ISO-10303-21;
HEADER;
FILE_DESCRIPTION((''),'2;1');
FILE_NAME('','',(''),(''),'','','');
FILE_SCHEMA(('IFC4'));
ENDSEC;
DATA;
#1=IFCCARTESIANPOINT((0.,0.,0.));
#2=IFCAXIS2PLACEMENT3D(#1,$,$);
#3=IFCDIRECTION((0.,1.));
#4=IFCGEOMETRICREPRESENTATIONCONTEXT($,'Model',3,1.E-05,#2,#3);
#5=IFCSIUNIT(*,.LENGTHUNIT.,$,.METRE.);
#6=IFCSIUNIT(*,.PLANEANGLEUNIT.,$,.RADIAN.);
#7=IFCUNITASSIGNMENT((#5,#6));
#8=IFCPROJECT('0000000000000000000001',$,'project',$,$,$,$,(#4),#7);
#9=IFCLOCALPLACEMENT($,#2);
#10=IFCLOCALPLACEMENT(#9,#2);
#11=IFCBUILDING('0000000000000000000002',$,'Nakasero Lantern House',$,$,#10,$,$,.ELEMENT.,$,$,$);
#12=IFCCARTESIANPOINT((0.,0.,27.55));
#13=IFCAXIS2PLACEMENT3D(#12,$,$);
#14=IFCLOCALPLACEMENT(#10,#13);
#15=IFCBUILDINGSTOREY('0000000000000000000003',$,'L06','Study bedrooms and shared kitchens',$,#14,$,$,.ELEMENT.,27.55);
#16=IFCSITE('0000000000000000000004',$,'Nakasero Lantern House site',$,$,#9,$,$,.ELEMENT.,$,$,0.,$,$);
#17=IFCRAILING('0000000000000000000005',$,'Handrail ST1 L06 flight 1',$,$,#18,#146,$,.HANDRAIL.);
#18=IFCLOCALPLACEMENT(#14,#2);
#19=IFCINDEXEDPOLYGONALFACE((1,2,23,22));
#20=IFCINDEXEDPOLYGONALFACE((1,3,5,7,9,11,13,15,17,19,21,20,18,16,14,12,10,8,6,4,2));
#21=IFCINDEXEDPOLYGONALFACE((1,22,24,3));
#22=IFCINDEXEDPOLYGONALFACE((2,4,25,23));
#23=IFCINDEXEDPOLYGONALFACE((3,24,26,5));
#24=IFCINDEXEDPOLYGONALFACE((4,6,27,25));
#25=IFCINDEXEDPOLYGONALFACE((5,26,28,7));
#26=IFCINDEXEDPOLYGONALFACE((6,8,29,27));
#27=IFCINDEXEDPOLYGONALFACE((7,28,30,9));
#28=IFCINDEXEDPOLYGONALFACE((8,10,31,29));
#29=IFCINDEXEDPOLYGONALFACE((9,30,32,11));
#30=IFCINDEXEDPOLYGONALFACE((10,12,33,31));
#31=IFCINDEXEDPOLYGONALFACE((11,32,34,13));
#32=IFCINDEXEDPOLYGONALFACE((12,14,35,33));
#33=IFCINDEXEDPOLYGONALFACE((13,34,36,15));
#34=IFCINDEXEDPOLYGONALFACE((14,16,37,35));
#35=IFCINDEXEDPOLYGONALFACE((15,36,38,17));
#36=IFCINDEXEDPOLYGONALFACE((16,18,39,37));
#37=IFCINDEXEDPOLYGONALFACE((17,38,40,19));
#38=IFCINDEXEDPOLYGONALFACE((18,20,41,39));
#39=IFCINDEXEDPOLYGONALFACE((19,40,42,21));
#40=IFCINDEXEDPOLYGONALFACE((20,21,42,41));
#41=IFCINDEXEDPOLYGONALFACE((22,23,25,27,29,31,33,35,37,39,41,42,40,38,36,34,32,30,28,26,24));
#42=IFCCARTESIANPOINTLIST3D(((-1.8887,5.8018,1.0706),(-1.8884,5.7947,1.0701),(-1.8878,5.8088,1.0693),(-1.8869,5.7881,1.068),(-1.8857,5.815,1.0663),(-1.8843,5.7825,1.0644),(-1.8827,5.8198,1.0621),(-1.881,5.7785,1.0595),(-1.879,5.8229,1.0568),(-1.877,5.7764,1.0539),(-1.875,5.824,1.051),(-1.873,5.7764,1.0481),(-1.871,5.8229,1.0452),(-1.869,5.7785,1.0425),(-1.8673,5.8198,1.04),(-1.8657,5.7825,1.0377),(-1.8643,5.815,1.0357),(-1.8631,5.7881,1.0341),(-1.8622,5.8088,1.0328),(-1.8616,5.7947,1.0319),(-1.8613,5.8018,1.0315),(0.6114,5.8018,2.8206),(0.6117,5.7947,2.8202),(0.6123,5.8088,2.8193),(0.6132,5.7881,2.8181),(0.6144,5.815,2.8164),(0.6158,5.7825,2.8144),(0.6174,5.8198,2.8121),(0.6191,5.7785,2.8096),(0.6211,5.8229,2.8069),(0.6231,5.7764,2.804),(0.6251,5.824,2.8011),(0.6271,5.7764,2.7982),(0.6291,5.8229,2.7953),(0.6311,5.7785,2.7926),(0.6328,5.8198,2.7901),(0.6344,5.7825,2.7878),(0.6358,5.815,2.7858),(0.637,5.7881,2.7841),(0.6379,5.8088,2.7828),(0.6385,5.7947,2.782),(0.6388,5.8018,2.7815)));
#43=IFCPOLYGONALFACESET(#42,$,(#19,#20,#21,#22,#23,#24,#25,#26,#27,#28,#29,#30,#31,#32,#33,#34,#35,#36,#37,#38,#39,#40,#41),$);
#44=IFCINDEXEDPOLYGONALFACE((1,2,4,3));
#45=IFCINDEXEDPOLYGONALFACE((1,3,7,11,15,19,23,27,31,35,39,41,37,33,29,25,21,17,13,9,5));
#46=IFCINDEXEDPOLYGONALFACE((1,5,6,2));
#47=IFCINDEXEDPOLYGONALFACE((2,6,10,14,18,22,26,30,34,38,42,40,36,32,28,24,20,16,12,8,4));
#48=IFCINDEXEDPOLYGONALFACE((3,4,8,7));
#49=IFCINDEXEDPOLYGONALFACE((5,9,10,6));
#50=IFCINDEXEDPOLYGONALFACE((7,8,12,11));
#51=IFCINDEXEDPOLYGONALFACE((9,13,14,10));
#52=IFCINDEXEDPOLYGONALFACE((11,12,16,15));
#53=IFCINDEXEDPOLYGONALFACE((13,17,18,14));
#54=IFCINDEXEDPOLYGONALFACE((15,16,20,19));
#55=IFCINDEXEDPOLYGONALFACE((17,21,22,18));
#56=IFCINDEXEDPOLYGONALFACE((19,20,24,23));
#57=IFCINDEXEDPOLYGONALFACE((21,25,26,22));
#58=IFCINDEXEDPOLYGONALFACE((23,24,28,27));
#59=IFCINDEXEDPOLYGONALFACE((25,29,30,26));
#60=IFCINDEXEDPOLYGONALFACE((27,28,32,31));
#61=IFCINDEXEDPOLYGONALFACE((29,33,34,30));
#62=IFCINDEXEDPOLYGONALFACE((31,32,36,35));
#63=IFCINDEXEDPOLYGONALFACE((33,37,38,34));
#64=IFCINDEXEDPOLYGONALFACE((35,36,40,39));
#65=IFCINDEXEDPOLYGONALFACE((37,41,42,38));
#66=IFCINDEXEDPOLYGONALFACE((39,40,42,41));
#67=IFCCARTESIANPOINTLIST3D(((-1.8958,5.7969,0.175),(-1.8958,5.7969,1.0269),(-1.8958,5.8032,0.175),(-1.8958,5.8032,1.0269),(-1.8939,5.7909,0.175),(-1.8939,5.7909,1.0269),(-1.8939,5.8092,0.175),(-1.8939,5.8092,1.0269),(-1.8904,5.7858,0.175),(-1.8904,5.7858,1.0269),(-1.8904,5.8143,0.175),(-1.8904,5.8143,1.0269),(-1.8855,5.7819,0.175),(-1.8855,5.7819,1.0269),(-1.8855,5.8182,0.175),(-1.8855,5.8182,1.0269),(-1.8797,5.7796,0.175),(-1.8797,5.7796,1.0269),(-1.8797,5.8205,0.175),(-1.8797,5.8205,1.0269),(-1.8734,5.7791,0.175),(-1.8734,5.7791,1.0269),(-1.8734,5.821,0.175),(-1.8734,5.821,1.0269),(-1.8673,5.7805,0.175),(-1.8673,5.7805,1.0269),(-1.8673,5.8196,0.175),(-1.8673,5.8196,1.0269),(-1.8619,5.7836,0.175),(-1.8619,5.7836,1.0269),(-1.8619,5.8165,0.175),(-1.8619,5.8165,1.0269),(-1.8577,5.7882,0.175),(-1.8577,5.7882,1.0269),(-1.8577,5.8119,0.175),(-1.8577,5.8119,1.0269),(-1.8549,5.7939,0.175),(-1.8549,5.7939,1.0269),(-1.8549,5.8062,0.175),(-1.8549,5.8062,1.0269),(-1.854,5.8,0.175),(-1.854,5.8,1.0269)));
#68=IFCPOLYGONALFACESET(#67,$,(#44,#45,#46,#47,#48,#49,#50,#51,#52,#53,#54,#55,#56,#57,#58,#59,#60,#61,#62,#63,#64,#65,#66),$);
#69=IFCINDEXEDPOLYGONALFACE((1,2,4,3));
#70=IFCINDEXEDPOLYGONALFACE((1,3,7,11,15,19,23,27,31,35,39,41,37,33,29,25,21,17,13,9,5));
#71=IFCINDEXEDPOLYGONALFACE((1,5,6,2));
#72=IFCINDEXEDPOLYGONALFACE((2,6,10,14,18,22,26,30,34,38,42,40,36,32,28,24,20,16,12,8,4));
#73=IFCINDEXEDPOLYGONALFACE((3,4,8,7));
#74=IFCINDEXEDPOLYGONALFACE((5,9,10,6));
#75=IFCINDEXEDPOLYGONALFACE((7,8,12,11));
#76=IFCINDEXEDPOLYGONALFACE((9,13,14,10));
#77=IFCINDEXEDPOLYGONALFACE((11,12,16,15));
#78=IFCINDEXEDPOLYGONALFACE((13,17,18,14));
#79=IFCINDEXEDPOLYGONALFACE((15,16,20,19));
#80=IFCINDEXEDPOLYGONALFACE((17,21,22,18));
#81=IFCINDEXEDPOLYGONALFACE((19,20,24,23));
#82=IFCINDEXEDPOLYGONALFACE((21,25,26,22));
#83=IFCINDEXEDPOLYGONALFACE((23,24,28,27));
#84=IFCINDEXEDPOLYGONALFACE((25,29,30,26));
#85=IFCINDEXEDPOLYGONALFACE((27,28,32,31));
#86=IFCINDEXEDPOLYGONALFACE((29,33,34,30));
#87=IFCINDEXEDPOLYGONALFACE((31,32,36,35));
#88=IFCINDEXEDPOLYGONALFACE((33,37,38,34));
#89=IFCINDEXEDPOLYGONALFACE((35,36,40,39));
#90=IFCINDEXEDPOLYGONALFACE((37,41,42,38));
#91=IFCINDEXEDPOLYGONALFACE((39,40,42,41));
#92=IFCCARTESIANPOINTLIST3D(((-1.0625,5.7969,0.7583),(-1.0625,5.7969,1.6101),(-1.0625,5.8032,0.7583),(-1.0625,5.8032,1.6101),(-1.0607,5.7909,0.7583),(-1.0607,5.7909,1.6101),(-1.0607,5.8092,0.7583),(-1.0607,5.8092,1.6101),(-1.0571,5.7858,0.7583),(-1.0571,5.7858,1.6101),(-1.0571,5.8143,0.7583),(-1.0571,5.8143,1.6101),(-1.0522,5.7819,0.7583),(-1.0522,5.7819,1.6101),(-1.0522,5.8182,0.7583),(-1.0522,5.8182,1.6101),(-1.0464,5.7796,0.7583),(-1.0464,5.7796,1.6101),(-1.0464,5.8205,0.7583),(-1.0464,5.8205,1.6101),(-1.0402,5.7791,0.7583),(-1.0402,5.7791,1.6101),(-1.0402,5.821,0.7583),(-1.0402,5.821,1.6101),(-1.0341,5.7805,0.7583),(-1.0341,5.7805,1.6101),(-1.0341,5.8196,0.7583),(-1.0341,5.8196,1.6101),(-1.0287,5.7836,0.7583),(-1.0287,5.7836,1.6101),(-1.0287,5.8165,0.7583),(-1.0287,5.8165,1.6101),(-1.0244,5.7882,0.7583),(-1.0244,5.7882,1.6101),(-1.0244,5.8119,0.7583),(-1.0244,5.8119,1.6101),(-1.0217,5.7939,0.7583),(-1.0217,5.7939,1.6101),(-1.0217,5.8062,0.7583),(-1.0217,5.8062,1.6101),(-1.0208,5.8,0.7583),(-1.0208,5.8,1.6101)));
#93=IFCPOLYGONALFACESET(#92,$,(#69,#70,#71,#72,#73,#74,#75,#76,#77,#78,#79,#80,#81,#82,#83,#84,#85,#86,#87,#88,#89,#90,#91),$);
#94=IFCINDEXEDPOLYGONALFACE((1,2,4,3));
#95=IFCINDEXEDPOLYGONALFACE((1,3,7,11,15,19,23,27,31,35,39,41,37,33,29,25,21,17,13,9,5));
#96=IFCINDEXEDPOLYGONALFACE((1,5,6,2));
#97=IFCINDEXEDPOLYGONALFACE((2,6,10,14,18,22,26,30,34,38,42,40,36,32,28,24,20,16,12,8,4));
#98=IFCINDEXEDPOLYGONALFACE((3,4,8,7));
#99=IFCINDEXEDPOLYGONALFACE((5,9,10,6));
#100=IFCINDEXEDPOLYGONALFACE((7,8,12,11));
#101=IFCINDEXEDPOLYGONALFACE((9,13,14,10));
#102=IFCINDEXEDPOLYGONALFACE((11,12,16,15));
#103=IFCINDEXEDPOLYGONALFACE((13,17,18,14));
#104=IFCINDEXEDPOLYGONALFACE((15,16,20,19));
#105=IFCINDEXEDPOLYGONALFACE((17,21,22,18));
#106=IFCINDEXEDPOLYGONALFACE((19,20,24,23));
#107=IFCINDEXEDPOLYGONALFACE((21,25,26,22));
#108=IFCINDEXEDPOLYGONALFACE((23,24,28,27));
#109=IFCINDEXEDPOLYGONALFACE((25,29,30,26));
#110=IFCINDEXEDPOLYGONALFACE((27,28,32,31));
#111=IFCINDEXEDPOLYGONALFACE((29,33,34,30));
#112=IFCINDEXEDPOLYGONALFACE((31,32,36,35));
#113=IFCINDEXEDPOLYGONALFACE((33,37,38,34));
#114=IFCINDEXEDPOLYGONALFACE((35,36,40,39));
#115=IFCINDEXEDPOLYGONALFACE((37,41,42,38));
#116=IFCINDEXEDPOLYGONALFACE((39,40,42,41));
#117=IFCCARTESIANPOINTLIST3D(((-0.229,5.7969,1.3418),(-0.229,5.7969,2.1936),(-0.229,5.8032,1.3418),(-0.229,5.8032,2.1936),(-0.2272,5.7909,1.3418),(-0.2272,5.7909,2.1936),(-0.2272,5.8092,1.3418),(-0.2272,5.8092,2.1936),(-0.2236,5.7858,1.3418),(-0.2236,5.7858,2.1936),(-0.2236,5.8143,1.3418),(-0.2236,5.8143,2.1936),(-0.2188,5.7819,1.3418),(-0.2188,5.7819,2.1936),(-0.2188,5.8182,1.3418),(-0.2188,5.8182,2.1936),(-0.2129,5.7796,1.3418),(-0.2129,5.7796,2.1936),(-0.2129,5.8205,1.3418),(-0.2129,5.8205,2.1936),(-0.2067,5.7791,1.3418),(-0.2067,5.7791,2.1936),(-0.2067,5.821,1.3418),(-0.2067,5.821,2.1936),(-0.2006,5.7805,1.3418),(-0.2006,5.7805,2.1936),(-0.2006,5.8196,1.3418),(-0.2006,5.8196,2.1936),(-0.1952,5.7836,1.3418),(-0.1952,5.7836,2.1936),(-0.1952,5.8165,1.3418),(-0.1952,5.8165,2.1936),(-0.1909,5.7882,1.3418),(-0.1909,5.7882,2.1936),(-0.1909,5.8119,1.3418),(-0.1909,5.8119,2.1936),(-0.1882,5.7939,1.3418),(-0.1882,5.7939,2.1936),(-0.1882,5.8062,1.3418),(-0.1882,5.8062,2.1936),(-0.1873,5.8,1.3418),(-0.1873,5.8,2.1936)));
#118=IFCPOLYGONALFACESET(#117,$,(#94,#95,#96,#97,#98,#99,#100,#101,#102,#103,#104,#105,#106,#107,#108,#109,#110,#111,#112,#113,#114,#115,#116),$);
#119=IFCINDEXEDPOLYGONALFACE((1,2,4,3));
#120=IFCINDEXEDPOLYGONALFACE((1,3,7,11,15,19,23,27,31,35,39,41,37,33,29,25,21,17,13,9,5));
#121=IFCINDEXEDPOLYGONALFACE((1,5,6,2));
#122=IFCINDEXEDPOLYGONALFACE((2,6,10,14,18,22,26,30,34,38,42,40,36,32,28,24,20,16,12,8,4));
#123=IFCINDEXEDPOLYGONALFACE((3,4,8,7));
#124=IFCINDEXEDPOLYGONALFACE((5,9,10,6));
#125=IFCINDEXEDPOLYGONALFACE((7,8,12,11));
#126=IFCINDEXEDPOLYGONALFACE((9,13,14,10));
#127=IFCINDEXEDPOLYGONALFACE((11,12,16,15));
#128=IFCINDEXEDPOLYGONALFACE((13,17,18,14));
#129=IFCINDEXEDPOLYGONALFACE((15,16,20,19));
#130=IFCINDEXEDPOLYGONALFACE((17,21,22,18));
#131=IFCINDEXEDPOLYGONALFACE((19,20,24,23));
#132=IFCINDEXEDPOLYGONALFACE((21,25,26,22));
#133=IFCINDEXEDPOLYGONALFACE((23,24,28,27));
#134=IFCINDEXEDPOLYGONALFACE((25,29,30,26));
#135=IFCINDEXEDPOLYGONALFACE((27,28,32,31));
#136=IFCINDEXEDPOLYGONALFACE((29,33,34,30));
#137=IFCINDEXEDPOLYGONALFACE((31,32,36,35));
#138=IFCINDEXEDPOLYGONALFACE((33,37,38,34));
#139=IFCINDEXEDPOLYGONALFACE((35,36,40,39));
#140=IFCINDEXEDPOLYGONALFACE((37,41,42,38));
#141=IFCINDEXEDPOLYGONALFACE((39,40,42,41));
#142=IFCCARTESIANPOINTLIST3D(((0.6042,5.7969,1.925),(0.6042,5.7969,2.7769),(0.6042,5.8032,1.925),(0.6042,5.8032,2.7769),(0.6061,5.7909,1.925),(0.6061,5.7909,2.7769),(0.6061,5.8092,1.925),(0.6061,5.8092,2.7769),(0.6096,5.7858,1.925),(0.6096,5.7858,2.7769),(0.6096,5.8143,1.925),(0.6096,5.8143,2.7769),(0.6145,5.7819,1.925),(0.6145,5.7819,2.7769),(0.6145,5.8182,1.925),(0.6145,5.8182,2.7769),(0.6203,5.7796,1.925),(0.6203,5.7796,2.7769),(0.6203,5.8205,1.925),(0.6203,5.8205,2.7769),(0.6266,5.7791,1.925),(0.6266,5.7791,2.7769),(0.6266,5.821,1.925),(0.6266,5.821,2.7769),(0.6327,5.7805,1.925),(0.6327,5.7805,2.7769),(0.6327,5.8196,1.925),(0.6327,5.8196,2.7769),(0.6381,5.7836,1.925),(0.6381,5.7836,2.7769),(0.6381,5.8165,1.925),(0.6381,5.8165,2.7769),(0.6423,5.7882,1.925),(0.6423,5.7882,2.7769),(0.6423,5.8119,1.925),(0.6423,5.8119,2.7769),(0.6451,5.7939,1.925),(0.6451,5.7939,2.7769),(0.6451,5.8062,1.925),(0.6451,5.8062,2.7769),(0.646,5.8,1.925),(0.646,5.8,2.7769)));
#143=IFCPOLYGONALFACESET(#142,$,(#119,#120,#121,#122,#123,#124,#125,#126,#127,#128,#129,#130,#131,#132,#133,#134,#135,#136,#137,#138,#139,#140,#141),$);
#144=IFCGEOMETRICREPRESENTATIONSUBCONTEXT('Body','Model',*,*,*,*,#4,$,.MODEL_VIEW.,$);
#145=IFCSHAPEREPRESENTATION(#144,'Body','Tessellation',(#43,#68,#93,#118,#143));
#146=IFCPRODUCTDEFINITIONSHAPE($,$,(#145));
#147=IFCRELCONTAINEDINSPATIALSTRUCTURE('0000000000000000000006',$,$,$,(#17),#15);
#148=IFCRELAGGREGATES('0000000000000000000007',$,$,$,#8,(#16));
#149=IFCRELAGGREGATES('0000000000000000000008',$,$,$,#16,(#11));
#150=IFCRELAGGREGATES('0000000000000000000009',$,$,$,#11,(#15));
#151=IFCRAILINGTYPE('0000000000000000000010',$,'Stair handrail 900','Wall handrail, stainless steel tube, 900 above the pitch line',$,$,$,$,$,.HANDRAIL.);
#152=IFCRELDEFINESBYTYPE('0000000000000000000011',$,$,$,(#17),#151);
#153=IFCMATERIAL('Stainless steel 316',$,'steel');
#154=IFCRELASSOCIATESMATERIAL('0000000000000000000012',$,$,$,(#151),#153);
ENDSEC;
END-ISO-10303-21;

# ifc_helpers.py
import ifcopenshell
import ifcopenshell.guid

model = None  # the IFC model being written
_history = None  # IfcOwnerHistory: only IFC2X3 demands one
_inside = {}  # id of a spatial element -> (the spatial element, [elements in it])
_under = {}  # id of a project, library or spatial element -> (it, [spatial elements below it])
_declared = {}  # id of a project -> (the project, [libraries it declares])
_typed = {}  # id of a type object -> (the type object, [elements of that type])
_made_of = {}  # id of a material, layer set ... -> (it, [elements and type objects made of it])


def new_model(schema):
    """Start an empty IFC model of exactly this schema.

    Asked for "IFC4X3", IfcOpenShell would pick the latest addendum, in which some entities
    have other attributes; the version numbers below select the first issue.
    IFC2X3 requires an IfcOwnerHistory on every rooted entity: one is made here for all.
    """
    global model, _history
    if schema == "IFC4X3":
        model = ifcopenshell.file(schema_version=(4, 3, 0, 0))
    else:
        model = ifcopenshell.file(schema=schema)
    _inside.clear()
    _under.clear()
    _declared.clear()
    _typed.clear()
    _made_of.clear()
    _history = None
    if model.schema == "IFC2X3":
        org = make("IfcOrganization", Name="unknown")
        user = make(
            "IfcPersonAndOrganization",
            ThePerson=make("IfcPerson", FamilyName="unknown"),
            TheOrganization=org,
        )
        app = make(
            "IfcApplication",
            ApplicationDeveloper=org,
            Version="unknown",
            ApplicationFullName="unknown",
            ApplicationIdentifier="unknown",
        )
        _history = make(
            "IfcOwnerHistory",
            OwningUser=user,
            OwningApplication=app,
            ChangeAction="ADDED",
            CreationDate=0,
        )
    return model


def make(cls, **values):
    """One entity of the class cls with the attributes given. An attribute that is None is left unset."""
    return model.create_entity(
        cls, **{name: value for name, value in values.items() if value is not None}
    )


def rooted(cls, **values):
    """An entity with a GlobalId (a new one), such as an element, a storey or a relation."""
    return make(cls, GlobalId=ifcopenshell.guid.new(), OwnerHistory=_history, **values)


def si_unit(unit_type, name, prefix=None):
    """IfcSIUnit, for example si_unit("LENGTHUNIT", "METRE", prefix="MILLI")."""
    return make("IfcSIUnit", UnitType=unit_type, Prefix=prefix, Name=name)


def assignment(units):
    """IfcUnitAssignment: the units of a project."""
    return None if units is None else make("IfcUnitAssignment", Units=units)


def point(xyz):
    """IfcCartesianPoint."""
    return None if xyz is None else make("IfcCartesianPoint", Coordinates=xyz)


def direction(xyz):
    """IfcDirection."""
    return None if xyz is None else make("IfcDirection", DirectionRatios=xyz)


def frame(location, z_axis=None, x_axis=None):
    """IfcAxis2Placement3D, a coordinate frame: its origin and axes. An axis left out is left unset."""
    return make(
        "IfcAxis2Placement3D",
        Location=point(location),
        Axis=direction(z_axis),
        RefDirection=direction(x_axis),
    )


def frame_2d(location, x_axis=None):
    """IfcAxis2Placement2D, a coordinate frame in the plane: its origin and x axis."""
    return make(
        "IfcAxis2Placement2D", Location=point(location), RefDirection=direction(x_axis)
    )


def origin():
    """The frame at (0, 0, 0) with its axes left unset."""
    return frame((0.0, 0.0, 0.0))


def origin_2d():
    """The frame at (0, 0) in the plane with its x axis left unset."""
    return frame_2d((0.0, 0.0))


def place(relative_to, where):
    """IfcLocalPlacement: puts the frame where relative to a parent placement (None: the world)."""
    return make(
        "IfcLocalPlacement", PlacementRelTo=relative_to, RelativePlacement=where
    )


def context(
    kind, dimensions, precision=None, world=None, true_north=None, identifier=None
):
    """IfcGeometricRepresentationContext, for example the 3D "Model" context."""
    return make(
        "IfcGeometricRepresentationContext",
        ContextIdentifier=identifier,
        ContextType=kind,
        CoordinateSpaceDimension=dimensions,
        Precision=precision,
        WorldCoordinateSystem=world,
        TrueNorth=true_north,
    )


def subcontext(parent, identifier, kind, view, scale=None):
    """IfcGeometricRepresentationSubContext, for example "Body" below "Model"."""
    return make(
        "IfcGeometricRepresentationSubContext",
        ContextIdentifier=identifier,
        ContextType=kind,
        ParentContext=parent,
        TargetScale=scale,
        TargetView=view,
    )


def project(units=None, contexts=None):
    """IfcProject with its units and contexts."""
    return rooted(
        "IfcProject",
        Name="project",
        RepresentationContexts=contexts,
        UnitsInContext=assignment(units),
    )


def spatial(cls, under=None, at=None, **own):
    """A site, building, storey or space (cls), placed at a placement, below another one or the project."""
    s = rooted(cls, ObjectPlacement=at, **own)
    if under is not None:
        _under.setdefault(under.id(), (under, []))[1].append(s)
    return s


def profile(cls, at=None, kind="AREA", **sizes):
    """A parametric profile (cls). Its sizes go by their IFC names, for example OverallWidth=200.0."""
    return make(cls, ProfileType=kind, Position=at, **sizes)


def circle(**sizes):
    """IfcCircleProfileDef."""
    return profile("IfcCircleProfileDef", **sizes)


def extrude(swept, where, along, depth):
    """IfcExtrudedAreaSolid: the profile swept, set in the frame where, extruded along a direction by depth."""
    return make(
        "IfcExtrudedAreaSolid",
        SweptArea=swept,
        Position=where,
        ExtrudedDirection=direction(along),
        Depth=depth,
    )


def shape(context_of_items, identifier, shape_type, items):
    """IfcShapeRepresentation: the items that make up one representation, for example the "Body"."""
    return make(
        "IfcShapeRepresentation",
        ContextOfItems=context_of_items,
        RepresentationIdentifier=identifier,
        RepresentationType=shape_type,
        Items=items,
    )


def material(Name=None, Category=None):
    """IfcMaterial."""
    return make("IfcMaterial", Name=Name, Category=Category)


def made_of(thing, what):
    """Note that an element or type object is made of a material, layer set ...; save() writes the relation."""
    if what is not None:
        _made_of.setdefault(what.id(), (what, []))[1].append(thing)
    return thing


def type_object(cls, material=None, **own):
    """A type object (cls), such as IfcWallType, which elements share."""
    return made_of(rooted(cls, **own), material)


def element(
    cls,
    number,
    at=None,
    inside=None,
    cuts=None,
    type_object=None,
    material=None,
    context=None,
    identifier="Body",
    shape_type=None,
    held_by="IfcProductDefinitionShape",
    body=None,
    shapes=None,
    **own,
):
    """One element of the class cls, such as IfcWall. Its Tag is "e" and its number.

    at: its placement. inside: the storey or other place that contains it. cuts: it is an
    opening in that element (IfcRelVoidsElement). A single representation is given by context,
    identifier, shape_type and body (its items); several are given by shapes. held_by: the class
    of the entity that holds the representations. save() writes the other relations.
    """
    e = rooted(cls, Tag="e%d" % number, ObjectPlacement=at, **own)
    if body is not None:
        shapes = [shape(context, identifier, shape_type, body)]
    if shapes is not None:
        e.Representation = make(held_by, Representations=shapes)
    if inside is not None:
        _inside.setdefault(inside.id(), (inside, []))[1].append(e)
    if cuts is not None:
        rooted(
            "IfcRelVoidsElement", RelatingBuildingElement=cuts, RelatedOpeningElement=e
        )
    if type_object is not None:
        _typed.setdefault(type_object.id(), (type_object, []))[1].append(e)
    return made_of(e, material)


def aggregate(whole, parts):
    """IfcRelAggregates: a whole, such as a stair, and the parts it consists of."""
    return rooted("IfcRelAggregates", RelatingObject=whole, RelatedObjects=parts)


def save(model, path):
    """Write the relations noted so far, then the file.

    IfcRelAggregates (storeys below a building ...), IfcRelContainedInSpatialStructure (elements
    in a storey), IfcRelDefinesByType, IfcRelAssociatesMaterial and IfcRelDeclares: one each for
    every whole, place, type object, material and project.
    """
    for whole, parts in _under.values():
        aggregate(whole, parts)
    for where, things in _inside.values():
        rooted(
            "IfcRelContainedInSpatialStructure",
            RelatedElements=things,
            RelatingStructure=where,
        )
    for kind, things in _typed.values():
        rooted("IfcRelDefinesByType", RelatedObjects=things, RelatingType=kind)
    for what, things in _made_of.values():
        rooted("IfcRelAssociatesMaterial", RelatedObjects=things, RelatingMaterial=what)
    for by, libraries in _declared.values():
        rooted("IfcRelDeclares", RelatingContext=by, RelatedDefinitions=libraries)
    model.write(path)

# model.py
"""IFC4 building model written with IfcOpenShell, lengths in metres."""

from ifc_helpers import new_model, si_unit, direction, frame, origin, origin_2d, place, context, subcontext, project, spatial, circle, extrude, material, type_object, element, save


model = new_model("IFC4")

# Units and contexts
model_context = context("Model", 3, precision=1e-05, world=origin(), true_north=direction((0.0, 1.0)))
body_context = subcontext(model_context, "Body", "Model", "MODEL_VIEW")
ifc_project = project(units=[si_unit("LENGTHUNIT", "METRE"), si_unit("PLANEANGLEUNIT", "RADIAN")], contexts=[model_context])

# Site, building, storey
site_placement = place(None, origin())
site = spatial("IfcSite", under=ifc_project, at=site_placement, Name="Nakasero Lantern House site", CompositionType="ELEMENT", RefElevation=0.0)
building_placement = place(site_placement, origin())
building = spatial("IfcBuilding", under=site, at=building_placement, Name="Nakasero Lantern House", CompositionType="ELEMENT")
storey_placement = place(building_placement, frame((0.0, 0.0, 27.55)))
storey = spatial("IfcBuildingStorey", under=building, at=storey_placement, Name="L06", Description="Study bedrooms and shared kitchens", CompositionType="ELEMENT", Elevation=27.55)

# Railing
ifc_material_1 = material(Name="Stainless steel 316", Category="steel")
railing_type = type_object("IfcRailingType", Name="Stair handrail 900", Description="Wall handrail, stainless steel tube, 900 above the pitch line", PredefinedType="HANDRAIL", material=ifc_material_1)
railing_placement = place(storey_placement, frame((-1.875, 5.8, 0.175)))
element("IfcRailing", 1, at=railing_placement, inside=storey, type_object=railing_type, Name="Handrail ST1 L06 flight 1", PredefinedType="HANDRAIL", context=body_context, shape_type="SweptSolid", body=[
    extrude(circle(Radius=0.0239, at=origin_2d()), frame((0.0, 0.0, 0.876), z_axis=(0.819232, 0.0, 0.573462), x_axis=(0.0, 1.0, 0.0)), (0.0, 0.0, 1.0), 3.0518),
    extrude(circle(Radius=0.021, at=origin_2d()), origin(), (0.0, 0.0, 1.0), 0.8518),
    extrude(circle(Radius=0.021, at=origin_2d()), frame((0.8333, 0.0, 0.5833)), (0.0, 0.0, 1.0), 0.8518),
    extrude(circle(Radius=0.021, at=origin_2d()), frame((1.6667, 0.0, 1.1667)), (0.0, 0.0, 1.0), 0.8518),
    extrude(circle(Radius=0.021, at=origin_2d()), frame((2.5, 0.0, 1.75)), (0.0, 0.0, 1.0), 0.8518),
])

save(model, "model.ifc")
